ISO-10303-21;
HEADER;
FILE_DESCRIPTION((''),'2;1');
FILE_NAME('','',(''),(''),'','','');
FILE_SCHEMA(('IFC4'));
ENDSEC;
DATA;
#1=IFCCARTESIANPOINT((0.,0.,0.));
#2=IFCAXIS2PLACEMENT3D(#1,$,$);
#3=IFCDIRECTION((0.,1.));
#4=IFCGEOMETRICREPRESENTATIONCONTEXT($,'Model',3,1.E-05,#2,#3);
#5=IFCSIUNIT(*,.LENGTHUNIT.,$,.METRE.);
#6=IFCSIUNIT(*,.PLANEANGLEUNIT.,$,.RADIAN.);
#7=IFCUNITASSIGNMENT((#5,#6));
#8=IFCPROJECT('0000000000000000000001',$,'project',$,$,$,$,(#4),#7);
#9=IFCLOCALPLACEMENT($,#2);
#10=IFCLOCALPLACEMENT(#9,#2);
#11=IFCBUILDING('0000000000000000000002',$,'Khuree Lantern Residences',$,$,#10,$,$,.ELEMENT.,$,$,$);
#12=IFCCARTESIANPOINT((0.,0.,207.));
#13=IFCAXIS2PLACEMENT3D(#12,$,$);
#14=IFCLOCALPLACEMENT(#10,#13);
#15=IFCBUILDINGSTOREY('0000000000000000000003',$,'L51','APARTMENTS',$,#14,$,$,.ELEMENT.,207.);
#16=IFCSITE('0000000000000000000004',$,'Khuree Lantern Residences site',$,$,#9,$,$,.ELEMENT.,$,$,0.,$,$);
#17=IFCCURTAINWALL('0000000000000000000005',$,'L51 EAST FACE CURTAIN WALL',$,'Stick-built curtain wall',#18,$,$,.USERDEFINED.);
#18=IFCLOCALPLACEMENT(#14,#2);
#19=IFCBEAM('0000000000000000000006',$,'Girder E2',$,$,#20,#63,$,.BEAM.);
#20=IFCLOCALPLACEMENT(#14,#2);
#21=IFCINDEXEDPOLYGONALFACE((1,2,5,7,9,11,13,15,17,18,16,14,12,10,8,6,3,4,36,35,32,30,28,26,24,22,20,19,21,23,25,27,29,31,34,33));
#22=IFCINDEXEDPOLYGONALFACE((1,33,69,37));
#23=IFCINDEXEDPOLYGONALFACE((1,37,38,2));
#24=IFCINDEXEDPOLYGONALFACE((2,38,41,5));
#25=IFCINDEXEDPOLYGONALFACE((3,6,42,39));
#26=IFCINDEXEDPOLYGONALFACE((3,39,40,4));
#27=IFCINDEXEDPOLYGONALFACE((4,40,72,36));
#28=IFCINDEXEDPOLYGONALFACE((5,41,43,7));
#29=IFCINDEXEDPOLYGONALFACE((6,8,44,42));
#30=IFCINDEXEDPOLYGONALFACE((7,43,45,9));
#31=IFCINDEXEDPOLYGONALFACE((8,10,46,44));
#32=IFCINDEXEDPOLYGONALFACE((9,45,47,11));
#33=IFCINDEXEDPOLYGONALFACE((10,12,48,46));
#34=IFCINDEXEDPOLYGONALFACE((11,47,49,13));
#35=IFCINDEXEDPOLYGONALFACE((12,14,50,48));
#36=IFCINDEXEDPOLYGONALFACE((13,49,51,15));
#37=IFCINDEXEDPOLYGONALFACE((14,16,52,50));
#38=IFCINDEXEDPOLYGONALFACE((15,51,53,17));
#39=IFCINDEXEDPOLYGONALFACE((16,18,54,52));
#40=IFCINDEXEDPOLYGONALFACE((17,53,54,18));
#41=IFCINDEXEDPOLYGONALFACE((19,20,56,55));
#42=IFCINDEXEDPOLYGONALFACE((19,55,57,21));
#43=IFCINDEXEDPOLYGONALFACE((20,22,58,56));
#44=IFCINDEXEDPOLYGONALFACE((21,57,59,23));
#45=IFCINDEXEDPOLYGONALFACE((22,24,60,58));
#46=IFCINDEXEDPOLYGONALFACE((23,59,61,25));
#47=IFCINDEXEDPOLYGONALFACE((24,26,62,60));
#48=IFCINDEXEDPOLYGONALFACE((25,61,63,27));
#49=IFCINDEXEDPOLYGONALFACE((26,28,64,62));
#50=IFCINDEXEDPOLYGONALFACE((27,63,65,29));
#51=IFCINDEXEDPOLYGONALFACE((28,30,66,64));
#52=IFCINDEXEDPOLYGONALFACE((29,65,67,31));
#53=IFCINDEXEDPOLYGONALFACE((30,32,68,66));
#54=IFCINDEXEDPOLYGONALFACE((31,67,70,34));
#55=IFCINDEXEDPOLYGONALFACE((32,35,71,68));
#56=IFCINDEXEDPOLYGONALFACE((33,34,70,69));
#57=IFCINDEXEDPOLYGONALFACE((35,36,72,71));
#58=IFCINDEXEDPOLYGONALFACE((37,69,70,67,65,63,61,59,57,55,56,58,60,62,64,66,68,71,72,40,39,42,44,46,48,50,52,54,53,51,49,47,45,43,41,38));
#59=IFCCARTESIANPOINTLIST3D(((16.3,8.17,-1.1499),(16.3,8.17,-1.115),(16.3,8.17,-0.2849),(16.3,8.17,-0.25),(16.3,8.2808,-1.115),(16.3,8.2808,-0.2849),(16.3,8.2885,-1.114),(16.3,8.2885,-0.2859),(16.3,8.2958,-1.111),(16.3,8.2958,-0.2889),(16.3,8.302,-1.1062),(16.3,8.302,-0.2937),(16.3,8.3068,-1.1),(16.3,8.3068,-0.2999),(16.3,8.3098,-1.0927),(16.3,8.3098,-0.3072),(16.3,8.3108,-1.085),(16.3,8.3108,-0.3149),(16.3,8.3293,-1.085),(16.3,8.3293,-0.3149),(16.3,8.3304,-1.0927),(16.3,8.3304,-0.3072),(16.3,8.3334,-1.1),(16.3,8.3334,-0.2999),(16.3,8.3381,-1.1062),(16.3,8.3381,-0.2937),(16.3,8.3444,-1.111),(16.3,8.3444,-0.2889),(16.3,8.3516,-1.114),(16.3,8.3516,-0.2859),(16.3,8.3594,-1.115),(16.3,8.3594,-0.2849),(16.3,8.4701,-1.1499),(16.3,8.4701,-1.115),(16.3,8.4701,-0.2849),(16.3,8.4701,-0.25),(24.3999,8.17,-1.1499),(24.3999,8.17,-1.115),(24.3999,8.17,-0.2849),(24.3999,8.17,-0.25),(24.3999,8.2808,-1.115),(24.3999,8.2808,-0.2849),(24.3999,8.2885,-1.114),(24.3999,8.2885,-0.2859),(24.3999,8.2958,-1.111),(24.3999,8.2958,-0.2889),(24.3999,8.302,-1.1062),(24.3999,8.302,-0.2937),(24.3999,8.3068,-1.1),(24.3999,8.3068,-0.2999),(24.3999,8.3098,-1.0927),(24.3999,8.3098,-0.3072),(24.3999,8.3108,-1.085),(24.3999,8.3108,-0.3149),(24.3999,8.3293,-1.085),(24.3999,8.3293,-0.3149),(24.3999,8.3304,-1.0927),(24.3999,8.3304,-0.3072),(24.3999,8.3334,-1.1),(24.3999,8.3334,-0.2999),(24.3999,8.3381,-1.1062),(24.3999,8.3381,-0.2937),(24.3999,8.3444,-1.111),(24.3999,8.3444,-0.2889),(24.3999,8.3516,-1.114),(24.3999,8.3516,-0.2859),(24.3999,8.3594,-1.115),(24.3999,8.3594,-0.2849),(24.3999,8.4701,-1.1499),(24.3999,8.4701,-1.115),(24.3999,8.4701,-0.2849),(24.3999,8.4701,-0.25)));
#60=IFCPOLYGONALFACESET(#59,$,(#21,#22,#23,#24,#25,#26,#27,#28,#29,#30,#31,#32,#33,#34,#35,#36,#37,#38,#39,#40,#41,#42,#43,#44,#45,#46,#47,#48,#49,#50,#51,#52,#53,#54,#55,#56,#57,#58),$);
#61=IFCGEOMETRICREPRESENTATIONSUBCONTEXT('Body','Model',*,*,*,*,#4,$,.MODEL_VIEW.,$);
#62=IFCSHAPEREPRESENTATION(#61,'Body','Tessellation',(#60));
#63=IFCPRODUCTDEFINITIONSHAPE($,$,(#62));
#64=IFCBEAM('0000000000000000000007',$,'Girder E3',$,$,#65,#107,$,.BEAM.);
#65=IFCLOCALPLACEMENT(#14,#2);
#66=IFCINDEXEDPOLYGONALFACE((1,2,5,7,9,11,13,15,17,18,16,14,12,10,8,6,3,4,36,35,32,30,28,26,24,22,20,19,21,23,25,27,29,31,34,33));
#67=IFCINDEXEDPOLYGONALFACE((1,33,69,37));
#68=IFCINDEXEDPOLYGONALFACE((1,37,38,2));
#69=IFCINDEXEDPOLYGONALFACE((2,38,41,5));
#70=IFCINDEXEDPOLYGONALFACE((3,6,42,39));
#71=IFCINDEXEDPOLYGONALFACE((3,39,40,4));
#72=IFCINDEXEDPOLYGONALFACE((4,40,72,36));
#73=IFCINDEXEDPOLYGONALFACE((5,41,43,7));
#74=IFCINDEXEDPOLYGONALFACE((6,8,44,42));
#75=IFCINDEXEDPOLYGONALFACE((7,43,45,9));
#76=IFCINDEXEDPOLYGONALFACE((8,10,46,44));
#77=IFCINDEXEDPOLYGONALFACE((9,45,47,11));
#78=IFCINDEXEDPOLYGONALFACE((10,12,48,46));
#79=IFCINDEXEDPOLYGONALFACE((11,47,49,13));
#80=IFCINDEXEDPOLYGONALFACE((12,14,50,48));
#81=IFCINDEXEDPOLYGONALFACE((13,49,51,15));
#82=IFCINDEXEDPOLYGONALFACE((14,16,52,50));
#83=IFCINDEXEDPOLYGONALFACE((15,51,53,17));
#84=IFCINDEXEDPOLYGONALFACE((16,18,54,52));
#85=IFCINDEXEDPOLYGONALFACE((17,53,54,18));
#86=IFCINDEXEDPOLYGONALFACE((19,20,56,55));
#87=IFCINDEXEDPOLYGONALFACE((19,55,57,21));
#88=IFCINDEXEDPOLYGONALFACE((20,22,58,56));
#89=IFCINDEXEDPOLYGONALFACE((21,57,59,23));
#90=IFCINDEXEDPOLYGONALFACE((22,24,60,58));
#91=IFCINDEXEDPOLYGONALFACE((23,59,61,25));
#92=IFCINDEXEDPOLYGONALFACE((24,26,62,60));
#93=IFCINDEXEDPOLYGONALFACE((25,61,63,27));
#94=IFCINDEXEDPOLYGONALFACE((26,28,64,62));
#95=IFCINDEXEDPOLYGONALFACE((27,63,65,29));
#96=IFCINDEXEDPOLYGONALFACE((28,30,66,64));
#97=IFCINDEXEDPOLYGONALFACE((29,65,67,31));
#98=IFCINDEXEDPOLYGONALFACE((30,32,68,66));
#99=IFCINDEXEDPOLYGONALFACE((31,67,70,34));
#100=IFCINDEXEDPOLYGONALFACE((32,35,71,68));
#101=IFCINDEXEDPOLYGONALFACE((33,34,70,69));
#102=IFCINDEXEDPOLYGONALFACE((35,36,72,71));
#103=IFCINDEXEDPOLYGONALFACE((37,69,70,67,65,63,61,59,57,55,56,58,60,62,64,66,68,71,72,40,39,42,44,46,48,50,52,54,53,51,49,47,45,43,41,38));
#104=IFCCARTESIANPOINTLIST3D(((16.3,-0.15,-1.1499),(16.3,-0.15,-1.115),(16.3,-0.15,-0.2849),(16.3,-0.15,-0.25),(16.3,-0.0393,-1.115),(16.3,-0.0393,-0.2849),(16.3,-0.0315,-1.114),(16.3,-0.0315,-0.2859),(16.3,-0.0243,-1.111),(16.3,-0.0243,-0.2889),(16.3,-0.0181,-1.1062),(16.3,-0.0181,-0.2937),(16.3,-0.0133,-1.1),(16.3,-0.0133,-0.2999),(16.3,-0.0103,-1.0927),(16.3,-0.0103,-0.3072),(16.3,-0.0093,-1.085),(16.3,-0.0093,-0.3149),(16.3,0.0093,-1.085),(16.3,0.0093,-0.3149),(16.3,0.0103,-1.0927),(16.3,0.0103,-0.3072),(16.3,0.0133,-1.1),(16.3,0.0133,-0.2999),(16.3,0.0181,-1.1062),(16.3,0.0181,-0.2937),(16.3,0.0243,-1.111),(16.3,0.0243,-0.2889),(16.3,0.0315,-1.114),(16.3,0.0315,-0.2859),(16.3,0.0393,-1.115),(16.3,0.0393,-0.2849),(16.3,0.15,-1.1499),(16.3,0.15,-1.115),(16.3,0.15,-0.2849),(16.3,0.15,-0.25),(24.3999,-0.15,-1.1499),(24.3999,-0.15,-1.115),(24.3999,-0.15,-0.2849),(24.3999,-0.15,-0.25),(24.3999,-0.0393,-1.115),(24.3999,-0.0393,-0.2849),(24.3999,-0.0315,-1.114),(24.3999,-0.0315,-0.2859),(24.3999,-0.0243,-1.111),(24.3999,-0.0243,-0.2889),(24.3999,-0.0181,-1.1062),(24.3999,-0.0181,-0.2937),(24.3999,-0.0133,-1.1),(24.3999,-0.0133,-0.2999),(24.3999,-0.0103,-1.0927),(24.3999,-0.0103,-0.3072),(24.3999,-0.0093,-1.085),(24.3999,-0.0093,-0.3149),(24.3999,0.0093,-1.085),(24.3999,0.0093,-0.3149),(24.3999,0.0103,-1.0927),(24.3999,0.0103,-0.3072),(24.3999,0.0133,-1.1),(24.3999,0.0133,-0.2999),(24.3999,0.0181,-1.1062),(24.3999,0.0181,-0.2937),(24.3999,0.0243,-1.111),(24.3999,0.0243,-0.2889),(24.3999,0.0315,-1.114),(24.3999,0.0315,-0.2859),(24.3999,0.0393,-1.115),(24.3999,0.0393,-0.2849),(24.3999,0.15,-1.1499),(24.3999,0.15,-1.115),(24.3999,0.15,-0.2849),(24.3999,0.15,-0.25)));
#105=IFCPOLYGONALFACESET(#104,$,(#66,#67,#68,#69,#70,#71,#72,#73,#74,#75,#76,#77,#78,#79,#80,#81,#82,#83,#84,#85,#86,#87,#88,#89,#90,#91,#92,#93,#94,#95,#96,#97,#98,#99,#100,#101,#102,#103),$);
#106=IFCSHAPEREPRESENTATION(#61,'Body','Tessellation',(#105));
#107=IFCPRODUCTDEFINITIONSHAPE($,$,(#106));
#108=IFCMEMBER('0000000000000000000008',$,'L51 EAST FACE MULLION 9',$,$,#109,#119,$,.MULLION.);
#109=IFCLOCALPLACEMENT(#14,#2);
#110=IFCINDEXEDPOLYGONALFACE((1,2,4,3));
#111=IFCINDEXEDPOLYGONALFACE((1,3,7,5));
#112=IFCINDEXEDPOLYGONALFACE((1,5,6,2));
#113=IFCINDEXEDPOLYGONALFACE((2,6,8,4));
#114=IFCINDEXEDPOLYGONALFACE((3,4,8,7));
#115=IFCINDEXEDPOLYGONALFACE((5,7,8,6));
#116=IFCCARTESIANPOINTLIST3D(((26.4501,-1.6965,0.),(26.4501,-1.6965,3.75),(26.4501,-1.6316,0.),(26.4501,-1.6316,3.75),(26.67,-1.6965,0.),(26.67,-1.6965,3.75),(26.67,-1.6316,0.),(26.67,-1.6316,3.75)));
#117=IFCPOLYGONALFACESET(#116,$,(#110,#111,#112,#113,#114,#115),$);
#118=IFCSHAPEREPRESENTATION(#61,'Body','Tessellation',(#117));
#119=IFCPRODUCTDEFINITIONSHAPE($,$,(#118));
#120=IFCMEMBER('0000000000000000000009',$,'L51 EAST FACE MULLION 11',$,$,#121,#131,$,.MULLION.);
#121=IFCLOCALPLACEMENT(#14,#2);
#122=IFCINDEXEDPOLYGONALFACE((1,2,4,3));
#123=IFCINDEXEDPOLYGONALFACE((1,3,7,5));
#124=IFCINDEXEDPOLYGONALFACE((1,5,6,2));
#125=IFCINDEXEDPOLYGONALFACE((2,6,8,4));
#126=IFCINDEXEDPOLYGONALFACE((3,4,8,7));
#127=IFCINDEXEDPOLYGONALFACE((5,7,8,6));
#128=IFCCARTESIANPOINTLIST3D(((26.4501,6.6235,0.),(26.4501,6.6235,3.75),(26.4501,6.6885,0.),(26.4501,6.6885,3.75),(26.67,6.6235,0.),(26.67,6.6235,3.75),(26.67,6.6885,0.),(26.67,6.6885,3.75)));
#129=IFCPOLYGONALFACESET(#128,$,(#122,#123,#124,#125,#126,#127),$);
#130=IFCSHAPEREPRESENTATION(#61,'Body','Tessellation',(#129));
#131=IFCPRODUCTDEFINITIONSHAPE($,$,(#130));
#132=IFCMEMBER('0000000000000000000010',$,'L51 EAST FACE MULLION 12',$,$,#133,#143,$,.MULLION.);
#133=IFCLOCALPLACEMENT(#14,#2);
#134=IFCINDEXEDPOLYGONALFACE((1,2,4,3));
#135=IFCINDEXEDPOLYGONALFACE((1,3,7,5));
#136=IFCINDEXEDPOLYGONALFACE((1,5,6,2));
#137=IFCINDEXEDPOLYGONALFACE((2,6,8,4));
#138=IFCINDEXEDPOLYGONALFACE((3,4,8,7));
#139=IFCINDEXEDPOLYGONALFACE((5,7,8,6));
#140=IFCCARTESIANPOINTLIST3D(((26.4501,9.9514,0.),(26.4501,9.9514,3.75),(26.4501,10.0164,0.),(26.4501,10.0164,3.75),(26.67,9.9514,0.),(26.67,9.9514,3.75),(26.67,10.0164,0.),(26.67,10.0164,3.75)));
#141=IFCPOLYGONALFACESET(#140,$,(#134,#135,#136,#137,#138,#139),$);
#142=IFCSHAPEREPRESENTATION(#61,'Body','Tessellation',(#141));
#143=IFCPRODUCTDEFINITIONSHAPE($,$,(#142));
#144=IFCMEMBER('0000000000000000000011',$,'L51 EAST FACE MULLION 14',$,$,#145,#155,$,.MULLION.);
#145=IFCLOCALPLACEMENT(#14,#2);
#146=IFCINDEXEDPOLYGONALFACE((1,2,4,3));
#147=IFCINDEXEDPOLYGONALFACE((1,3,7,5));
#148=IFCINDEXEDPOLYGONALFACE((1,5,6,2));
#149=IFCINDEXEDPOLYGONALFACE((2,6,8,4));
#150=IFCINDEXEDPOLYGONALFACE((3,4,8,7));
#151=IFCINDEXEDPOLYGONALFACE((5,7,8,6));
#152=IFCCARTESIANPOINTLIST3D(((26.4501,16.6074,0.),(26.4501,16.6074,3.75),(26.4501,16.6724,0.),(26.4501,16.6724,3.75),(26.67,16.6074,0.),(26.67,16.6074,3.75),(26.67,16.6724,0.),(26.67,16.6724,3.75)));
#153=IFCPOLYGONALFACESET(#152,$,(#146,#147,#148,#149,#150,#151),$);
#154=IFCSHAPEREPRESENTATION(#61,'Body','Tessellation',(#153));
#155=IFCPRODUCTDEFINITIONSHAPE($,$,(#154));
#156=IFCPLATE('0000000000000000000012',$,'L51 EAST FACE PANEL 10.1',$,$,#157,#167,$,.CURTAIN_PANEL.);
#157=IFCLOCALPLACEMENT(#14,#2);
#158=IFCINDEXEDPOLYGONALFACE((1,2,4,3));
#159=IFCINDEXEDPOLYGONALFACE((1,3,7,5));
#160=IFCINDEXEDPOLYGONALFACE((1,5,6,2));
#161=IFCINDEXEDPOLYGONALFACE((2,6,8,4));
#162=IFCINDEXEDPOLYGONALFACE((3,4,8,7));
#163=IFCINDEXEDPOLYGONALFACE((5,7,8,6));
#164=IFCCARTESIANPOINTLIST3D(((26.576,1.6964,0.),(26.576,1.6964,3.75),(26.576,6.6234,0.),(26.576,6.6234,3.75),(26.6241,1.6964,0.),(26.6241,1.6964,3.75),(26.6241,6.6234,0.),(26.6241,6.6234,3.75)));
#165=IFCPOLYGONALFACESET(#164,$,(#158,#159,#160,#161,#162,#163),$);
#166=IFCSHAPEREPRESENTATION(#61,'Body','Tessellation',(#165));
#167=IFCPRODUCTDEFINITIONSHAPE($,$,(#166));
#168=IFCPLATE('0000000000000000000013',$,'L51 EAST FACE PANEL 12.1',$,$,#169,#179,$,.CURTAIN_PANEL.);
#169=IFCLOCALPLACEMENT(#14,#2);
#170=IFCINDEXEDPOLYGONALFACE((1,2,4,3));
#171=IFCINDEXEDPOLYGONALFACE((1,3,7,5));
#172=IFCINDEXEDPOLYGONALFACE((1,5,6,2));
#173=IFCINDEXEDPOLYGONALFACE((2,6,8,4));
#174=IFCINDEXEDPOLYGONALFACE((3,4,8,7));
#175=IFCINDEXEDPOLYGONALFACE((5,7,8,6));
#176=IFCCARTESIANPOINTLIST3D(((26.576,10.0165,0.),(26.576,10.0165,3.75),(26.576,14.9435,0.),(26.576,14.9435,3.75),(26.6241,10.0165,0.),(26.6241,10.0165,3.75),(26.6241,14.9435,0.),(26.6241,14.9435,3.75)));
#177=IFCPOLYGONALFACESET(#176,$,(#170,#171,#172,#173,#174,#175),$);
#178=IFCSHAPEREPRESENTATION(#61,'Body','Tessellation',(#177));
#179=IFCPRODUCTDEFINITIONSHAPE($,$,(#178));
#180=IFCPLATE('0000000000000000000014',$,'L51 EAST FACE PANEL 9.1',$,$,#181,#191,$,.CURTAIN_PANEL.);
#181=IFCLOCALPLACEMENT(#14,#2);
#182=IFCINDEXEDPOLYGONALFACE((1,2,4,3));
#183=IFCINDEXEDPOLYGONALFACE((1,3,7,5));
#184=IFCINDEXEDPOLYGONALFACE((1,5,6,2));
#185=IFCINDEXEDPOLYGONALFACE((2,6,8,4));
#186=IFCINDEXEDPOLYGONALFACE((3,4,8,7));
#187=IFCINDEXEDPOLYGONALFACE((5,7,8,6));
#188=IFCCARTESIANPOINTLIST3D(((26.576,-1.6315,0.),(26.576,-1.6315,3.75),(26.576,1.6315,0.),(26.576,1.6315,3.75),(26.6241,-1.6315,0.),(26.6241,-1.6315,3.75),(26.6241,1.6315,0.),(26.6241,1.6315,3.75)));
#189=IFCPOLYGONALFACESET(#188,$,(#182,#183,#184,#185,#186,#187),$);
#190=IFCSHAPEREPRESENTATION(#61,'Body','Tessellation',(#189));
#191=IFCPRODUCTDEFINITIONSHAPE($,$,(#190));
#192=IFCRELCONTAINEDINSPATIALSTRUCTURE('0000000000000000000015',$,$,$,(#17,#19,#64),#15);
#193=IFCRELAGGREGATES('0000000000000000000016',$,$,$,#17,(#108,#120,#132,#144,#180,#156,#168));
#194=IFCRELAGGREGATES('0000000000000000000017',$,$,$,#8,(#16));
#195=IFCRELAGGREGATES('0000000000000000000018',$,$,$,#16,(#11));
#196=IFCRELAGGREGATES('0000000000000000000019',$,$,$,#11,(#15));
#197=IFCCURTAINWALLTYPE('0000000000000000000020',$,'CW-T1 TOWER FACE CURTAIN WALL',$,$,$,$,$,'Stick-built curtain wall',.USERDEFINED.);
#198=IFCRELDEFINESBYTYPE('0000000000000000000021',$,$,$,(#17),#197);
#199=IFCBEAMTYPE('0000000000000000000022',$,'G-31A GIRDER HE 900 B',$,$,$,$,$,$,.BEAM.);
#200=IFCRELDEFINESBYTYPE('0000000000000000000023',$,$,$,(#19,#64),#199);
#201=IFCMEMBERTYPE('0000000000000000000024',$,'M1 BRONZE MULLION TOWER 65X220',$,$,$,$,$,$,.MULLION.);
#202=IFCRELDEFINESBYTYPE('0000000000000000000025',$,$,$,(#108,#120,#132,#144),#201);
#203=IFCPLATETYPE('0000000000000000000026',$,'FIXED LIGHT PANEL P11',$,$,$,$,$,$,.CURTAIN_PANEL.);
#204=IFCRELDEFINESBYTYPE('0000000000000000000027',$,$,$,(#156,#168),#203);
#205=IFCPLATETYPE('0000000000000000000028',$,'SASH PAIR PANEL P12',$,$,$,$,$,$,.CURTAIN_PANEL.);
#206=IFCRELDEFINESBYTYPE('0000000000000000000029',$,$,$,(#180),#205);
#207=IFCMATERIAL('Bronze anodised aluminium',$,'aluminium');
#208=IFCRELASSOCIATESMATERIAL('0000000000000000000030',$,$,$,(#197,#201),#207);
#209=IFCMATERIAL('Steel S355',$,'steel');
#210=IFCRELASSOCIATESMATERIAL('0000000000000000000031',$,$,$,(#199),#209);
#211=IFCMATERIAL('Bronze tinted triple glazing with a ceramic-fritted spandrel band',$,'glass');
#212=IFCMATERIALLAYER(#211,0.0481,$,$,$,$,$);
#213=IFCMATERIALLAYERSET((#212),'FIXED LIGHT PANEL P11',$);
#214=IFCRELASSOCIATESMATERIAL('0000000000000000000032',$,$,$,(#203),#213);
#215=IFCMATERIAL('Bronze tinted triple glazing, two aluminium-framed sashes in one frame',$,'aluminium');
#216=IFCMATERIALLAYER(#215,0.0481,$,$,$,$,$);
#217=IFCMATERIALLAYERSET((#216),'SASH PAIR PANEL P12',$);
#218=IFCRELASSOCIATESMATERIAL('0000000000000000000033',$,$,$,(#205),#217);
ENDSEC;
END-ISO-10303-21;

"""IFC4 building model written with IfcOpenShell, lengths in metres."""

from ifc_helpers import new_model, si_unit, direction, frame, origin, origin_2d, place, context, subcontext, project, spatial, rectangle, i_section, extrude, material, layer, layer_set, material_profile, profile_set, type_object, element, aggregate, save


model = new_model("IFC4")

# Units and contexts
model_context = context("Model", 3, precision=1e-05, world=origin(), true_north=direction((0.0, 1.0)))
body_context = subcontext(model_context, "Body", "Model", "MODEL_VIEW")
ifc_project = project(units=[si_unit("LENGTHUNIT", "METRE"), si_unit("PLANEANGLEUNIT", "RADIAN")], contexts=[model_context])

# Site, building, storey
site_placement = place(None, origin())
site = spatial("IfcSite", under=ifc_project, at=site_placement, Name="Khuree Lantern Residences site", CompositionType="ELEMENT", RefElevation=0.0)
building_placement = place(site_placement, origin())
building = spatial("IfcBuilding", under=site, at=building_placement, Name="Khuree Lantern Residences", CompositionType="ELEMENT")
storey_placement = place(building_placement, frame((0.0, 0.0, 207.0)))
storey = spatial("IfcBuildingStorey", under=building, at=storey_placement, Name="L51", Description="APARTMENTS", CompositionType="ELEMENT", Elevation=207.0)

# Shared definitions
ifc_material_1 = material(Name="Steel S355", Category="steel")

# Curtain wall
ifc_material_2 = material(Name="Bronze anodised aluminium", Category="aluminium")
curtain_wall_type = type_object("IfcCurtainWallType", Name="CW-T1 TOWER FACE CURTAIN WALL", ElementType="Stick-built curtain wall", PredefinedType="USERDEFINED", material=ifc_material_2)
curtain_wall_placement = place(storey_placement, origin())
curtain_wall = element("IfcCurtainWall", 1, at=curtain_wall_placement, inside=storey, type_object=curtain_wall_type, Name="L51 EAST FACE CURTAIN WALL", ObjectType="Stick-built curtain wall", PredefinedType="USERDEFINED")

# Beams
ifc_material_profile_1 = material_profile(ifc_material_1, i_section(OverallWidth=0.3, OverallDepth=0.8999, WebThickness=0.0186, FlangeThickness=0.0349, FilletRadius=0.03, at=origin_2d()), Name="HE 900 B")
ifc_profile_set_1 = profile_set([ifc_material_profile_1], Name="Steel S355")
beam_type_1 = type_object("IfcBeamType", Name="G-31A GIRDER HE 900 B", PredefinedType="BEAM", material=ifc_profile_set_1)
for number, where, z_axis, x_axis, name in (
    (2, (24.3999, 8.3201, -0.7), (-1.0, 0.0, 0.0), (0.0, -1.0, 0.0), "Girder E2"),
    (3, (24.3999, 0.0, -0.7), (-1.0, 0.0, 0.0), (0.0, -1.0, 0.0), "Girder E3"),
):
    element("IfcBeam", number, at=place(storey_placement, frame(where, z_axis=z_axis, x_axis=x_axis)), inside=storey, type_object=beam_type_1, Name=name, PredefinedType="BEAM", context=body_context, shape_type="SweptSolid", body=[
        extrude(i_section(OverallWidth=0.3, OverallDepth=0.8999, WebThickness=0.0186, FlangeThickness=0.0349, FilletRadius=0.03, at=origin_2d()), origin(), (0.0, 0.0, 1.0), 8.0999),
    ])

# Members
ifc_material_profile_2 = material_profile(ifc_material_2, rectangle(XDim=0.0649, YDim=0.22, at=origin_2d()), Name="M1 65X220")
ifc_profile_set_2 = profile_set([ifc_material_profile_2], Name="Bronze anodised aluminium")
member_type_1 = type_object("IfcMemberType", Name="M1 BRONZE MULLION TOWER 65X220", PredefinedType="MULLION", material=ifc_profile_set_2)
member_1_placement = place(storey_placement, frame((26.5601, -1.6641, 0.0), z_axis=(0.0, 0.0, 1.0), x_axis=(0.0, 1.0, 0.0)))
member_1 = element("IfcMember", 4, at=member_1_placement, type_object=member_type_1, Name="L51 EAST FACE MULLION 9", PredefinedType="MULLION", context=body_context, shape_type="SweptSolid", body=[
    extrude(rectangle(XDim=0.0649, YDim=0.22, at=origin_2d()), origin(), (0.0, 0.0, 1.0), 3.75),
])
member_2_placement = place(storey_placement, frame((26.5601, 6.656, 0.0), z_axis=(0.0, 0.0, 1.0), x_axis=(0.0, 1.0, 0.0)))
member_2 = element("IfcMember", 5, at=member_2_placement, type_object=member_type_1, Name="L51 EAST FACE MULLION 11", PredefinedType="MULLION", context=body_context, shape_type="SweptSolid", body=[
    extrude(rectangle(XDim=0.0649, YDim=0.22, at=origin_2d()), origin(), (0.0, 0.0, 1.0), 3.75),
])
member_3_placement = place(storey_placement, frame((26.5601, 9.9839, 0.0), z_axis=(0.0, 0.0, 1.0), x_axis=(0.0, 1.0, 0.0)))
member_3 = element("IfcMember", 6, at=member_3_placement, type_object=member_type_1, Name="L51 EAST FACE MULLION 12", PredefinedType="MULLION", context=body_context, shape_type="SweptSolid", body=[
    extrude(rectangle(XDim=0.0649, YDim=0.22, at=origin_2d()), origin(), (0.0, 0.0, 1.0), 3.75),
])
member_4_placement = place(storey_placement, frame((26.5601, 16.6399, 0.0), z_axis=(0.0, 0.0, 1.0), x_axis=(0.0, 1.0, 0.0)))
member_4 = element("IfcMember", 7, at=member_4_placement, type_object=member_type_1, Name="L51 EAST FACE MULLION 14", PredefinedType="MULLION", context=body_context, shape_type="SweptSolid", body=[
    extrude(rectangle(XDim=0.0649, YDim=0.22, at=origin_2d()), origin(), (0.0, 0.0, 1.0), 3.75),
])

# Plates
ifc_material_3 = material(Name="Bronze tinted triple glazing with a ceramic-fritted spandrel band", Category="glass")
ifc_layer_1 = layer(ifc_material_3, 0.0481)
ifc_layer_set_1 = layer_set([ifc_layer_1], Name="FIXED LIGHT PANEL P11")
plate_type_1 = type_object("IfcPlateType", Name="FIXED LIGHT PANEL P11", PredefinedType="CURTAIN_PANEL", material=ifc_layer_set_1)
plate_1_placement = place(storey_placement, frame((26.6001, 4.1599, 0.0), z_axis=(0.0, 0.0, 1.0), x_axis=(0.0, 1.0, 0.0)))
plate_1 = element("IfcPlate", 8, at=plate_1_placement, type_object=plate_type_1, Name="L51 EAST FACE PANEL 10.1", PredefinedType="CURTAIN_PANEL", context=body_context, shape_type="SweptSolid", body=[
    extrude(rectangle(XDim=4.927, YDim=0.0481, at=origin_2d()), origin(), (0.0, 0.0, 1.0), 3.75),
])
plate_2_placement = place(storey_placement, frame((26.6001, 12.48, 0.0), z_axis=(0.0, 0.0, 1.0), x_axis=(0.0, 1.0, 0.0)))
plate_2 = element("IfcPlate", 9, at=plate_2_placement, type_object=plate_type_1, Name="L51 EAST FACE PANEL 12.1", PredefinedType="CURTAIN_PANEL", context=body_context, shape_type="SweptSolid", body=[
    extrude(rectangle(XDim=4.927, YDim=0.0481, at=origin_2d()), origin(), (0.0, 0.0, 1.0), 3.75),
])
ifc_material_4 = material(Name="Bronze tinted triple glazing, two aluminium-framed sashes in one frame", Category="aluminium")
ifc_layer_2 = layer(ifc_material_4, 0.0481)
ifc_layer_set_2 = layer_set([ifc_layer_2], Name="SASH PAIR PANEL P12")
plate_type_2 = type_object("IfcPlateType", Name="SASH PAIR PANEL P12", PredefinedType="CURTAIN_PANEL", material=ifc_layer_set_2)
plate_3_placement = place(storey_placement, frame((26.6001, 0.0, 0.0), z_axis=(0.0, 0.0, 1.0), x_axis=(0.0, 1.0, 0.0)))
plate_3 = element("IfcPlate", 10, at=plate_3_placement, type_object=plate_type_2, Name="L51 EAST FACE PANEL 9.1", PredefinedType="CURTAIN_PANEL", context=body_context, shape_type="SweptSolid", body=[
    extrude(rectangle(XDim=3.2629, YDim=0.0481, at=origin_2d()), origin(), (0.0, 0.0, 1.0), 3.75),
])
aggregate(curtain_wall, [member_1, member_2, member_3, member_4, plate_3, plate_1, plate_2])

save(model, "model.ifc")
